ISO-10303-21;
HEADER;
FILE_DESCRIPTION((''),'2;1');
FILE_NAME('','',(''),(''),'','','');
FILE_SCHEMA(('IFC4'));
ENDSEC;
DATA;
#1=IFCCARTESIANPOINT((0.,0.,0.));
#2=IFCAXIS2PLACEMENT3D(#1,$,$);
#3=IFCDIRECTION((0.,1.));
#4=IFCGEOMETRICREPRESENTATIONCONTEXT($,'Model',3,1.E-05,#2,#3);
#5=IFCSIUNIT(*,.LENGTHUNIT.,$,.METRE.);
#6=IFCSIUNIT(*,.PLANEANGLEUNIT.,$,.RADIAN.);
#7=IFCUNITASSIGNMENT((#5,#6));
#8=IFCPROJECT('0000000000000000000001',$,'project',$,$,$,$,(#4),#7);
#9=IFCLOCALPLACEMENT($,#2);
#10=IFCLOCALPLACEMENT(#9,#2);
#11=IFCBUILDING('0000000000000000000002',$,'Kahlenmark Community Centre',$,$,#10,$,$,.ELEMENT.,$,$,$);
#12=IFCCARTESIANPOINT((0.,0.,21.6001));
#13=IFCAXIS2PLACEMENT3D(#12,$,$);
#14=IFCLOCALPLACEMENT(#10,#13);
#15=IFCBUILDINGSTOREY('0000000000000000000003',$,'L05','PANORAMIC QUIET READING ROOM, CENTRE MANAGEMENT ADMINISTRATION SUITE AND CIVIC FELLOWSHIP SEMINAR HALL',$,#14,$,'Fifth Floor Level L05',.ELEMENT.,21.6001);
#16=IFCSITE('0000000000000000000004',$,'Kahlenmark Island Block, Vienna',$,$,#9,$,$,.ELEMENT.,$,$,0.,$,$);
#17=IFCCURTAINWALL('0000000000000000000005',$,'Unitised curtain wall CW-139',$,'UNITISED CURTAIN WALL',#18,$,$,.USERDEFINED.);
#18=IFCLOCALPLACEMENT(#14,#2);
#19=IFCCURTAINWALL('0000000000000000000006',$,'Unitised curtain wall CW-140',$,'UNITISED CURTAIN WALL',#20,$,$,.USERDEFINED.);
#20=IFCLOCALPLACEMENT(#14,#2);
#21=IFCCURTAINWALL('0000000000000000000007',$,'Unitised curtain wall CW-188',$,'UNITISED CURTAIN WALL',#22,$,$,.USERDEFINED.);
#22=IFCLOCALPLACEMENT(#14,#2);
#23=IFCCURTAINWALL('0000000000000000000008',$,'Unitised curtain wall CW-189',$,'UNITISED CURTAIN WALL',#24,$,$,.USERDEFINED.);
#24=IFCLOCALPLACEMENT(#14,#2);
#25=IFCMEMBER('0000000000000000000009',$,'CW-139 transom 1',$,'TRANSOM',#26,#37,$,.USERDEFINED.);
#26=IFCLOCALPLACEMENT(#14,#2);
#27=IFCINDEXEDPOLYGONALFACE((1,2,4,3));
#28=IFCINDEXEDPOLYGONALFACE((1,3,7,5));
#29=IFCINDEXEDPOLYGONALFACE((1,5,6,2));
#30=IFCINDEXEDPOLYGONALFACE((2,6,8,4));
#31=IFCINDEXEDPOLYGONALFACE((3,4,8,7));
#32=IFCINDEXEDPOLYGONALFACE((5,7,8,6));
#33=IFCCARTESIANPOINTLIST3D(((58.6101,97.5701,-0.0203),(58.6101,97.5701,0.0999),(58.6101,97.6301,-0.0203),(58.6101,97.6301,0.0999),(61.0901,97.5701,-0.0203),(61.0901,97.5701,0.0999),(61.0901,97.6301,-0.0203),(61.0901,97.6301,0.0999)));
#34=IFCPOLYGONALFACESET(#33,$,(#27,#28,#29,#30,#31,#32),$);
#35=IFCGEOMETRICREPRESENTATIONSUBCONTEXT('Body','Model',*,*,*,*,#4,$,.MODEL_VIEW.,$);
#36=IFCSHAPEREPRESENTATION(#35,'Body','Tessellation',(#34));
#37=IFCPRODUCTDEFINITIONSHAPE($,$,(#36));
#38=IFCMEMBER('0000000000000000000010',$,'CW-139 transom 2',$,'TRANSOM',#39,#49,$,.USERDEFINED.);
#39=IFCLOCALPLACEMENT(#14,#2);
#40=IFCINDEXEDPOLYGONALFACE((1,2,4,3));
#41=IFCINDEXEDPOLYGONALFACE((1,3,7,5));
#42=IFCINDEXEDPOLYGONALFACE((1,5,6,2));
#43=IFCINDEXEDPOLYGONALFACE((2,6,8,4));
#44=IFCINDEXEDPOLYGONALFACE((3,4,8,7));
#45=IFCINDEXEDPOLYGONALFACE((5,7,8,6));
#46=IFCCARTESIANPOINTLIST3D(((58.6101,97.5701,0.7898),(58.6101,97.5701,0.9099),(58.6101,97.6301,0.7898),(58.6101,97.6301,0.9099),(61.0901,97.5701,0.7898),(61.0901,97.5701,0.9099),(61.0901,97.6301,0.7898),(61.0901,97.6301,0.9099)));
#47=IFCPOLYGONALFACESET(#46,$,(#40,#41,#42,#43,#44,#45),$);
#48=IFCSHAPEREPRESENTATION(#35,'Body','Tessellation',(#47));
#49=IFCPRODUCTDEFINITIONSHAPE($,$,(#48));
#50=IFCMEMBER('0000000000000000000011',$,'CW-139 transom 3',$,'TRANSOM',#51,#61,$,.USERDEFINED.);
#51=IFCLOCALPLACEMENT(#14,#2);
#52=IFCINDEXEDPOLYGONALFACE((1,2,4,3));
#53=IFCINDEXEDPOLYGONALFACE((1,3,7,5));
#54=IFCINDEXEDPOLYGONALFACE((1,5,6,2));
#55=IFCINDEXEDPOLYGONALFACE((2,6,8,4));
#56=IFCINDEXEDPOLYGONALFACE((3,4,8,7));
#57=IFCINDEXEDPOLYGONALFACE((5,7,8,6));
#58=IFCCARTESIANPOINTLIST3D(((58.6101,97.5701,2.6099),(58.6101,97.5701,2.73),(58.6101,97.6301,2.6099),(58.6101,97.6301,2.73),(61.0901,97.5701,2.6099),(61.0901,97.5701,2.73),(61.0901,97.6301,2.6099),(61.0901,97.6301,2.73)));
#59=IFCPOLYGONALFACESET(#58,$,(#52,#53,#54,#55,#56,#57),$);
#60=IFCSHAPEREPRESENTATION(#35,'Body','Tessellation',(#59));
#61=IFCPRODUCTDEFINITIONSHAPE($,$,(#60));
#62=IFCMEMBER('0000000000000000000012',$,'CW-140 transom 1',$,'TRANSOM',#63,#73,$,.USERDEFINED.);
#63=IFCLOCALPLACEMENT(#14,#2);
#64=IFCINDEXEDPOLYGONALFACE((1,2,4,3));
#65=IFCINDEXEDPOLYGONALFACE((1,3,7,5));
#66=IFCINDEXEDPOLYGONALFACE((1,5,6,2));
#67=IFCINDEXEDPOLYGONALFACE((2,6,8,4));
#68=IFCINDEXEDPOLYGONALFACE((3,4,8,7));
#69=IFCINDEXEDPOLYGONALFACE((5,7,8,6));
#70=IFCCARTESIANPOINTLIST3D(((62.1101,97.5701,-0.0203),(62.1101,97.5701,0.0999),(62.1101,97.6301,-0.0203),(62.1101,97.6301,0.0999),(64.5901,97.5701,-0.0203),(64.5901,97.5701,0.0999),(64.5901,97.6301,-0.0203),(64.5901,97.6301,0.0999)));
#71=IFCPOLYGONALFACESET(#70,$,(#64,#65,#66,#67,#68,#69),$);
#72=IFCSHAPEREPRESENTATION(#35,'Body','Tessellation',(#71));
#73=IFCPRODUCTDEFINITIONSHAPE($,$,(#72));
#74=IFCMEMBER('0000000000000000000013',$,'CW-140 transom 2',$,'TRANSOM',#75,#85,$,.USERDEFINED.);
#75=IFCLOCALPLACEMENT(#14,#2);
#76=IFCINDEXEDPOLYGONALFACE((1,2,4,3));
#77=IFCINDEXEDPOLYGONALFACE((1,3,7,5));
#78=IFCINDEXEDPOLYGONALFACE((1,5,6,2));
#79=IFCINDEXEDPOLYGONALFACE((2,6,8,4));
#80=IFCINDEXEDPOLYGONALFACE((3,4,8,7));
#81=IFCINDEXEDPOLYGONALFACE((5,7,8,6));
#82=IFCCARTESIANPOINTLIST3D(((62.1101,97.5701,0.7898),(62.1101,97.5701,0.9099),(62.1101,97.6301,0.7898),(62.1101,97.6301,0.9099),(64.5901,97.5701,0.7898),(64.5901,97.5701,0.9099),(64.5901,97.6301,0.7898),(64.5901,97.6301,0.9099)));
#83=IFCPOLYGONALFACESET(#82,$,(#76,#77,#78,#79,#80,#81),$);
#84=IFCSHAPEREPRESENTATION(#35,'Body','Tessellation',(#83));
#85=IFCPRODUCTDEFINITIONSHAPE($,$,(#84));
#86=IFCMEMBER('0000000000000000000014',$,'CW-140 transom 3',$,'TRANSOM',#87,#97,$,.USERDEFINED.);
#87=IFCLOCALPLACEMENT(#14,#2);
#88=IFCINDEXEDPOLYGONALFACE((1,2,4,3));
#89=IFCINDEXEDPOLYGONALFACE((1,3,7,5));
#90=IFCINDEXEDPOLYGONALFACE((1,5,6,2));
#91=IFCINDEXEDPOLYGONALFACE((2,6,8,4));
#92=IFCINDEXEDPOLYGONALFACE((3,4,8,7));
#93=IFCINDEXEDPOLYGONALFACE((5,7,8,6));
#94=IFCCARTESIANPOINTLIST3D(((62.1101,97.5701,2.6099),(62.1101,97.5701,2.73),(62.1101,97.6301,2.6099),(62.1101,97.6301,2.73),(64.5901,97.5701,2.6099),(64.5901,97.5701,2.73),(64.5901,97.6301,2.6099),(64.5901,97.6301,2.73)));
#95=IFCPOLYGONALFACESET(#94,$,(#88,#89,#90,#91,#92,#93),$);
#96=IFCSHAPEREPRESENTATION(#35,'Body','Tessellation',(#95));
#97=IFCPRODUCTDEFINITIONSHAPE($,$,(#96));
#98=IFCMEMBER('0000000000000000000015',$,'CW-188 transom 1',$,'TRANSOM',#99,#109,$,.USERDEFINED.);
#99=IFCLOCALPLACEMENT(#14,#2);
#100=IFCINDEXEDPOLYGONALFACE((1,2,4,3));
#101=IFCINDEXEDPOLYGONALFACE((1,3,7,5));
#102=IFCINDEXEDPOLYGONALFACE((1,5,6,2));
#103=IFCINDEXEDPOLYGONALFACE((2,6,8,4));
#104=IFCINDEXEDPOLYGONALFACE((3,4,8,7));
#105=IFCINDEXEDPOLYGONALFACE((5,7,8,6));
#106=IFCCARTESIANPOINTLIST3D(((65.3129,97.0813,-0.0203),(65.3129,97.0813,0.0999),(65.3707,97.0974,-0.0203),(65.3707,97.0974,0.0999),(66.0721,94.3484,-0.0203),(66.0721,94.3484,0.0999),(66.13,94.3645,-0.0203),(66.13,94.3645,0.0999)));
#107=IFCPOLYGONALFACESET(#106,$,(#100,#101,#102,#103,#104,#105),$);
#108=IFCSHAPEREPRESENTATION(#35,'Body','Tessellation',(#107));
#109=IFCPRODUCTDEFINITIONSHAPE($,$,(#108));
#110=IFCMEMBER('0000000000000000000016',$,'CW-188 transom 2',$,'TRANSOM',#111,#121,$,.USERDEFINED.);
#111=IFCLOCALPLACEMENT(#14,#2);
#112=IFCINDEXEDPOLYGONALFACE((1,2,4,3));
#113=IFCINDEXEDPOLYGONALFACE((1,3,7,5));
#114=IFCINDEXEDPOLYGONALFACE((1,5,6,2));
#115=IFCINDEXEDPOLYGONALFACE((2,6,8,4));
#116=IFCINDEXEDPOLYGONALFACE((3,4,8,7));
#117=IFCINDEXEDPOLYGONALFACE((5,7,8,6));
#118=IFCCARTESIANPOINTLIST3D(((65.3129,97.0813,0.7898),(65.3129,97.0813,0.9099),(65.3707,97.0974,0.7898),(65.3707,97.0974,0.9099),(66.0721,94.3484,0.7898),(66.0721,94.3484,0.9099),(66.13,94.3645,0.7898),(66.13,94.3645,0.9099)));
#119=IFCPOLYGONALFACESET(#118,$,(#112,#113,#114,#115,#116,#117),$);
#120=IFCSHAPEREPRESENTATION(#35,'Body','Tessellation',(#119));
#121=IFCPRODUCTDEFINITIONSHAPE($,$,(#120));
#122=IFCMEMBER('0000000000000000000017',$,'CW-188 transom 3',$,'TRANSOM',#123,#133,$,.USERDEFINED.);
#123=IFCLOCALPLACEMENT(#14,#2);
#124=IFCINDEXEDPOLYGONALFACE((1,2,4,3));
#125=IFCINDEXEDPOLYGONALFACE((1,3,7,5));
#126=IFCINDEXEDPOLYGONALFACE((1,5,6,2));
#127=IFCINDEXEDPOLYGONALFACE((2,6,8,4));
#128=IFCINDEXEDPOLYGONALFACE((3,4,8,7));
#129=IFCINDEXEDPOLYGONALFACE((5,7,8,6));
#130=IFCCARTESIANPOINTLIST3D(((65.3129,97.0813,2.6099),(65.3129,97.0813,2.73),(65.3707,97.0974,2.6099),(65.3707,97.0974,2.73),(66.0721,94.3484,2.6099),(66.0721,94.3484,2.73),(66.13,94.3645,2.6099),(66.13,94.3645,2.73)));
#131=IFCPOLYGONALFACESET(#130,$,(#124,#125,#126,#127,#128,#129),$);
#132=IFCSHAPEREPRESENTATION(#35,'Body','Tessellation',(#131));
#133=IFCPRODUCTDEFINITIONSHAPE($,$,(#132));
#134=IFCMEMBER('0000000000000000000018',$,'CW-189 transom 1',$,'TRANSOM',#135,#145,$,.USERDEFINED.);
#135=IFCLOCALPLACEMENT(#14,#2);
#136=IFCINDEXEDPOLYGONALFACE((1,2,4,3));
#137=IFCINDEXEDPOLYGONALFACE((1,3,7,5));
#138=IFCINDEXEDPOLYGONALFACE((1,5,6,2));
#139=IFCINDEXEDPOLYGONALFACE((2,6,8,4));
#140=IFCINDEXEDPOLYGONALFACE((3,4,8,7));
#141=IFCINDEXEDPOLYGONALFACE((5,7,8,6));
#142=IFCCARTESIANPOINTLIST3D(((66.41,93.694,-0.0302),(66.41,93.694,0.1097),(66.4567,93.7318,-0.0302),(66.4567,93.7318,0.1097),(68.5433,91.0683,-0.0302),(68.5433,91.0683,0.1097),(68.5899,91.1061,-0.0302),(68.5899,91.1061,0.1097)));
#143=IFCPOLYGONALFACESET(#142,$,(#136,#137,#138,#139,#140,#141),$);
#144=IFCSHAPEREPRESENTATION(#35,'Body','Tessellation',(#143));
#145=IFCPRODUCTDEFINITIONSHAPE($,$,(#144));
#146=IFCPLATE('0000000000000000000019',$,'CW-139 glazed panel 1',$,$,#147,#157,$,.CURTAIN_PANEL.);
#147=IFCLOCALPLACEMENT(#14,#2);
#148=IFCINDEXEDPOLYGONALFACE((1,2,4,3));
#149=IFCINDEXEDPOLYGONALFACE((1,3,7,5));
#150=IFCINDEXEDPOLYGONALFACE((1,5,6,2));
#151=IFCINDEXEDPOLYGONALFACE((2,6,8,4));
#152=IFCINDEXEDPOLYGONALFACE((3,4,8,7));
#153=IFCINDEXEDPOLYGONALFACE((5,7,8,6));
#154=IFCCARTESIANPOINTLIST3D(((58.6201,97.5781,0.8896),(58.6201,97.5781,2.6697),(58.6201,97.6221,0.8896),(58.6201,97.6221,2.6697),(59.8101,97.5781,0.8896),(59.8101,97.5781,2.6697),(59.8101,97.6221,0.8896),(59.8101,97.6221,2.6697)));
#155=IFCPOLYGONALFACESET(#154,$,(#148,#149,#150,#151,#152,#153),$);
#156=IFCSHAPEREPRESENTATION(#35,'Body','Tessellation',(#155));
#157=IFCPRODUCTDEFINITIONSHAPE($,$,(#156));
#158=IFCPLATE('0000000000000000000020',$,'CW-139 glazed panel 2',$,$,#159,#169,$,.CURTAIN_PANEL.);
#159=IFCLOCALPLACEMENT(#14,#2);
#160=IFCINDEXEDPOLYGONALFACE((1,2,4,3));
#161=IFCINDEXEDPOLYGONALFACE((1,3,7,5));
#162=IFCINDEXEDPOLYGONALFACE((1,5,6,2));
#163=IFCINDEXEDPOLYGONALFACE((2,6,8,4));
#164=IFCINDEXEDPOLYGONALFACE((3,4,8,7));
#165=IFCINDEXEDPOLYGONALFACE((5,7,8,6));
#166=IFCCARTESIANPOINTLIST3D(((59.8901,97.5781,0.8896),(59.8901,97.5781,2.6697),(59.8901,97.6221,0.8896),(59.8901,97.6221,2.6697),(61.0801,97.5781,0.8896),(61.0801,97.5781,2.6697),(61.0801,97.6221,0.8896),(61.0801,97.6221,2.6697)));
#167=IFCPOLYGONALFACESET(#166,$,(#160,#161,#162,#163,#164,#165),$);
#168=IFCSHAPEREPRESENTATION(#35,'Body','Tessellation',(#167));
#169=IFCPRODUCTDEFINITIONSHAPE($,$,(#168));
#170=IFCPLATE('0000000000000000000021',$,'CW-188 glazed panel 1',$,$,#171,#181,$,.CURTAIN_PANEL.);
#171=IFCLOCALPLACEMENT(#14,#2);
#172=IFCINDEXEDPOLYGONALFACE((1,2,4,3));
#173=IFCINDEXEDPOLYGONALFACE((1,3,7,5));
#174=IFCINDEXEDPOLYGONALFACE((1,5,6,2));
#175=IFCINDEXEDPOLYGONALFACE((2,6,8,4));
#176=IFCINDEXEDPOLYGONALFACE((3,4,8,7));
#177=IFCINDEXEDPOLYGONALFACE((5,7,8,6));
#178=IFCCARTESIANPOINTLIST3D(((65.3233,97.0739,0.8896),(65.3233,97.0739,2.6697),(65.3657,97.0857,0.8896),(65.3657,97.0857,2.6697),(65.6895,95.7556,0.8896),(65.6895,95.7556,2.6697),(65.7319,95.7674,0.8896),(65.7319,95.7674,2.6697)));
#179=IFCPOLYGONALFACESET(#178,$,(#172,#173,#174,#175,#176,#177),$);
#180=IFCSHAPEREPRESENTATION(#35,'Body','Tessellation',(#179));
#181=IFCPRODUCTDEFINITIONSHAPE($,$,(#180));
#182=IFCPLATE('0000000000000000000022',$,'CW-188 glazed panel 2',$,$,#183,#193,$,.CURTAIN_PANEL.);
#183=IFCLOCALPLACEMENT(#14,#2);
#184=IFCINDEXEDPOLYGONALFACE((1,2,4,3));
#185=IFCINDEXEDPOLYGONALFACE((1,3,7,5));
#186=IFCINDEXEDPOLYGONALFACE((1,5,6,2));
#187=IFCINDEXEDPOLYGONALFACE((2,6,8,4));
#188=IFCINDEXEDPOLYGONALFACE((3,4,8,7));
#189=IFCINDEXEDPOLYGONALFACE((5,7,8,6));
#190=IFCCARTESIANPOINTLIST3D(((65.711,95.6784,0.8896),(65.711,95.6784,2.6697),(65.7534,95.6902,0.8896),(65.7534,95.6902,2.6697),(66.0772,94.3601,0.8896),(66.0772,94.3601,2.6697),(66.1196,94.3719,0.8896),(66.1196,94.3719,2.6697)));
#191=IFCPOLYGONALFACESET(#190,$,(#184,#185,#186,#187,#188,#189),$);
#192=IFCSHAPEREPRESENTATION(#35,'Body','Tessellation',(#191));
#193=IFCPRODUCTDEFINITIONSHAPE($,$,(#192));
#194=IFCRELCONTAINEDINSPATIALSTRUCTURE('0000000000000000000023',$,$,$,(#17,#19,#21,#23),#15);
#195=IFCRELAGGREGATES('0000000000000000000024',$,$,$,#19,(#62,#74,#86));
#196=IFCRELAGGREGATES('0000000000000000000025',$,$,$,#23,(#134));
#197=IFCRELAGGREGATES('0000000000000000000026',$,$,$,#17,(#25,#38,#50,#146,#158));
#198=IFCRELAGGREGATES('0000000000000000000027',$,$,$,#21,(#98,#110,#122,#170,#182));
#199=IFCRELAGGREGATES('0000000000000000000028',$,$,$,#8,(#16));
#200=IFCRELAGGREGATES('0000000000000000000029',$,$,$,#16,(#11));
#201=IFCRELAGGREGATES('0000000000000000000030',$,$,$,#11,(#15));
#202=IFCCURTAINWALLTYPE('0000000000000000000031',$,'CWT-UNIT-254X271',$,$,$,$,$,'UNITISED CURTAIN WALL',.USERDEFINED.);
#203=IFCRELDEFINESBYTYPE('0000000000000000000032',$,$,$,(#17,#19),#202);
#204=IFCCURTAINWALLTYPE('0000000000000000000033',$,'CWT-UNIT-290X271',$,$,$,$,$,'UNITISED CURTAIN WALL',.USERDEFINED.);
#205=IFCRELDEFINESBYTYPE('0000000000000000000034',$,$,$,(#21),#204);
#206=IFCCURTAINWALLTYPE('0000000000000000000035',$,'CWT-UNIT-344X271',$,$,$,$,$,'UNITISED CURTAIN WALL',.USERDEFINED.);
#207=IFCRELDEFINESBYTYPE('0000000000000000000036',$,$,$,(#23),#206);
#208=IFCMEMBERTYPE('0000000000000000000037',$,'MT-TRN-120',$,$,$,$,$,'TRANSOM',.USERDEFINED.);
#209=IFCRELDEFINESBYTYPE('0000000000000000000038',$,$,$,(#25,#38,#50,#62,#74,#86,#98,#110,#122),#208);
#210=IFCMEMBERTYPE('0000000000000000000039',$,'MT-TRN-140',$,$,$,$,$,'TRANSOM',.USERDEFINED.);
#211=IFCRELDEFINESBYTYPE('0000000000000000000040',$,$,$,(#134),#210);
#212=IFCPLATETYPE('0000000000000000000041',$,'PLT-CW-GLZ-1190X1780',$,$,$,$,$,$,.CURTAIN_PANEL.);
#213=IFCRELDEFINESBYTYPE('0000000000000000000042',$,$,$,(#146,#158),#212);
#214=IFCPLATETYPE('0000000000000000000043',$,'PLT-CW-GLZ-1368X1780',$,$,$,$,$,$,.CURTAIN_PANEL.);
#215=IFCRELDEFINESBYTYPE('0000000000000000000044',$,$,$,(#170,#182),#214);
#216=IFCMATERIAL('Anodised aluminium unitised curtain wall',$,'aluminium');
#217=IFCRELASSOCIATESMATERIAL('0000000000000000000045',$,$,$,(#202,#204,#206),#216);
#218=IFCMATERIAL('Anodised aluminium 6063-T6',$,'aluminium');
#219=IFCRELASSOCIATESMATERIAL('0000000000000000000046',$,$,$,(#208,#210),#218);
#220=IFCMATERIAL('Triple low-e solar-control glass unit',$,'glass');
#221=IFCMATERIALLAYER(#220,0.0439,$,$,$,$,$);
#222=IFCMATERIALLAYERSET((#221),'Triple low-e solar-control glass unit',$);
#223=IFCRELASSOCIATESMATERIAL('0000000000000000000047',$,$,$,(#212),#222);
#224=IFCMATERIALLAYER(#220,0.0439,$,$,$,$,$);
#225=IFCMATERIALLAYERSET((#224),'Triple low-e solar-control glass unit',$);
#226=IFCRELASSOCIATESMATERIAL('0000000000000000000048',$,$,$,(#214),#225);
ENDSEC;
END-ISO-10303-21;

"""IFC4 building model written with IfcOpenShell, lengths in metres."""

from ifc_helpers import new_model, si_unit, direction, frame, origin, origin_2d, place, context, subcontext, project, spatial, rectangle, extrude, material, layer, layer_set, material_profile, profile_set, type_object, element, aggregate, save


model = new_model("IFC4")

# Units and contexts
model_context = context("Model", 3, precision=1e-05, world=origin(), true_north=direction((0.0, 1.0)))
body_context = subcontext(model_context, "Body", "Model", "MODEL_VIEW")
ifc_project = project(units=[si_unit("LENGTHUNIT", "METRE"), si_unit("PLANEANGLEUNIT", "RADIAN")], contexts=[model_context])

# Site, building, storey
site_placement = place(None, origin())
site = spatial("IfcSite", under=ifc_project, at=site_placement, Name="Kahlenmark Island Block, Vienna", CompositionType="ELEMENT", RefElevation=0.0)
building_placement = place(site_placement, origin())
building = spatial("IfcBuilding", under=site, at=building_placement, Name="Kahlenmark Community Centre", CompositionType="ELEMENT")
storey_placement = place(building_placement, frame((0.0, 0.0, 21.6001)))
storey = spatial("IfcBuildingStorey", under=building, at=storey_placement, Name="L05", Description="PANORAMIC QUIET READING ROOM, CENTRE MANAGEMENT ADMINISTRATION SUITE AND CIVIC FELLOWSHIP SEMINAR HALL", LongName="Fifth Floor Level L05", CompositionType="ELEMENT", Elevation=21.6001)

# Curtain wall
ifc_material_1 = material(Name="Anodised aluminium unitised curtain wall", Category="aluminium")
curtain_wall_type_1 = type_object("IfcCurtainWallType", Name="CWT-UNIT-254X271", ElementType="UNITISED CURTAIN WALL", PredefinedType="USERDEFINED", material=ifc_material_1)
curtain_wall_1_placement = place(storey_placement, origin())
curtain_wall_1 = element("IfcCurtainWall", 1, at=curtain_wall_1_placement, inside=storey, type_object=curtain_wall_type_1, Name="Unitised curtain wall CW-139", ObjectType="UNITISED CURTAIN WALL", PredefinedType="USERDEFINED")
ifc_material_2 = material(Name="Anodised aluminium 6063-T6", Category="aluminium")

# Curtain wall
curtain_wall_2_placement = place(storey_placement, origin())
curtain_wall_2 = element("IfcCurtainWall", 2, at=curtain_wall_2_placement, inside=storey, type_object=curtain_wall_type_1, Name="Unitised curtain wall CW-140", ObjectType="UNITISED CURTAIN WALL", PredefinedType="USERDEFINED")

# Curtain wall
curtain_wall_type_2 = type_object("IfcCurtainWallType", Name="CWT-UNIT-290X271", ElementType="UNITISED CURTAIN WALL", PredefinedType="USERDEFINED", material=ifc_material_1)
curtain_wall_3_placement = place(storey_placement, origin())
curtain_wall_3 = element("IfcCurtainWall", 3, at=curtain_wall_3_placement, inside=storey, type_object=curtain_wall_type_2, Name="Unitised curtain wall CW-188", ObjectType="UNITISED CURTAIN WALL", PredefinedType="USERDEFINED")

# Curtain wall
curtain_wall_type_3 = type_object("IfcCurtainWallType", Name="CWT-UNIT-344X271", ElementType="UNITISED CURTAIN WALL", PredefinedType="USERDEFINED", material=ifc_material_1)
curtain_wall_4_placement = place(storey_placement, origin())
curtain_wall_4 = element("IfcCurtainWall", 4, at=curtain_wall_4_placement, inside=storey, type_object=curtain_wall_type_3, Name="Unitised curtain wall CW-189", ObjectType="UNITISED CURTAIN WALL", PredefinedType="USERDEFINED")

# Members
ifc_material_profile_1 = material_profile(ifc_material_2, rectangle(XDim=0.0601, YDim=0.1201, at=origin_2d()), Name="ALU TRANSOM 60x120")
ifc_profile_set_1 = profile_set([ifc_material_profile_1], Name="Anodised aluminium 6063-T6")
member_type_1 = type_object("IfcMemberType", Name="MT-TRN-120", ElementType="TRANSOM", PredefinedType="USERDEFINED", material=ifc_profile_set_1)
member_1_placement = place(storey_placement, frame((58.6101, 97.6001, 0.0398), z_axis=(1.0, 0.0, 0.0), x_axis=(0.0, 1.0, 0.0)))
member_1 = element("IfcMember", 5, at=member_1_placement, type_object=member_type_1, Name="CW-139 transom 1", ObjectType="TRANSOM", PredefinedType="USERDEFINED", context=body_context, shape_type="SweptSolid", body=[
    extrude(rectangle(XDim=0.0601, YDim=0.1201, at=origin_2d()), origin(), (0.0, 0.0, 1.0), 2.48),
])
member_2_placement = place(storey_placement, frame((58.6101, 97.6001, 0.8499), z_axis=(1.0, 0.0, 0.0), x_axis=(0.0, 1.0, 0.0)))
member_2 = element("IfcMember", 6, at=member_2_placement, type_object=member_type_1, Name="CW-139 transom 2", ObjectType="TRANSOM", PredefinedType="USERDEFINED", context=body_context, shape_type="SweptSolid", body=[
    extrude(rectangle(XDim=0.0601, YDim=0.1201, at=origin_2d()), origin(), (0.0, 0.0, 1.0), 2.48),
])
member_3_placement = place(storey_placement, frame((58.6101, 97.6001, 2.6699), z_axis=(1.0, 0.0, 0.0), x_axis=(0.0, 1.0, 0.0)))
member_3 = element("IfcMember", 7, at=member_3_placement, type_object=member_type_1, Name="CW-139 transom 3", ObjectType="TRANSOM", PredefinedType="USERDEFINED", context=body_context, shape_type="SweptSolid", body=[
    extrude(rectangle(XDim=0.0601, YDim=0.1201, at=origin_2d()), origin(), (0.0, 0.0, 1.0), 2.48),
])
member_4_placement = place(storey_placement, frame((62.1101, 97.6001, 0.0398), z_axis=(1.0, 0.0, 0.0), x_axis=(0.0, 1.0, 0.0)))
member_4 = element("IfcMember", 8, at=member_4_placement, type_object=member_type_1, Name="CW-140 transom 1", ObjectType="TRANSOM", PredefinedType="USERDEFINED", context=body_context, shape_type="SweptSolid", body=[
    extrude(rectangle(XDim=0.0601, YDim=0.1201, at=origin_2d()), origin(), (0.0, 0.0, 1.0), 2.48),
])
member_5_placement = place(storey_placement, frame((62.1101, 97.6001, 0.8499), z_axis=(1.0, 0.0, 0.0), x_axis=(0.0, 1.0, 0.0)))
member_5 = element("IfcMember", 9, at=member_5_placement, type_object=member_type_1, Name="CW-140 transom 2", ObjectType="TRANSOM", PredefinedType="USERDEFINED", context=body_context, shape_type="SweptSolid", body=[
    extrude(rectangle(XDim=0.0601, YDim=0.1201, at=origin_2d()), origin(), (0.0, 0.0, 1.0), 2.48),
])
member_6_placement = place(storey_placement, frame((62.1101, 97.6001, 2.6699), z_axis=(1.0, 0.0, 0.0), x_axis=(0.0, 1.0, 0.0)))
member_6 = element("IfcMember", 10, at=member_6_placement, type_object=member_type_1, Name="CW-140 transom 3", ObjectType="TRANSOM", PredefinedType="USERDEFINED", context=body_context, shape_type="SweptSolid", body=[
    extrude(rectangle(XDim=0.0601, YDim=0.1201, at=origin_2d()), origin(), (0.0, 0.0, 1.0), 2.48),
])
aggregate(curtain_wall_2, [member_4, member_5, member_6])
member_7_placement = place(storey_placement, frame((65.3418, 97.0894, 0.0398), z_axis=(0.267688, -0.963506, 0.0), x_axis=(0.963506, 0.267688, 0.0)))
member_7 = element("IfcMember", 11, at=member_7_placement, type_object=member_type_1, Name="CW-188 transom 1", ObjectType="TRANSOM", PredefinedType="USERDEFINED", context=body_context, shape_type="SweptSolid", body=[
    extrude(rectangle(XDim=0.0601, YDim=0.1201, at=origin_2d()), origin(), (0.0, 0.0, 1.0), 2.8364),
])
member_8_placement = place(storey_placement, frame((65.3418, 97.0894, 0.8499), z_axis=(0.267688, -0.963506, 0.0), x_axis=(0.963506, 0.267688, 0.0)))
member_8 = element("IfcMember", 12, at=member_8_placement, type_object=member_type_1, Name="CW-188 transom 2", ObjectType="TRANSOM", PredefinedType="USERDEFINED", context=body_context, shape_type="SweptSolid", body=[
    extrude(rectangle(XDim=0.0601, YDim=0.1201, at=origin_2d()), origin(), (0.0, 0.0, 1.0), 2.8364),
])
member_9_placement = place(storey_placement, frame((65.3418, 97.0894, 2.6699), z_axis=(0.267688, -0.963506, 0.0), x_axis=(0.963506, 0.267688, 0.0)))
member_9 = element("IfcMember", 13, at=member_9_placement, type_object=member_type_1, Name="CW-188 transom 3", ObjectType="TRANSOM", PredefinedType="USERDEFINED", context=body_context, shape_type="SweptSolid", body=[
    extrude(rectangle(XDim=0.0601, YDim=0.1201, at=origin_2d()), origin(), (0.0, 0.0, 1.0), 2.8364),
])
ifc_material_profile_2 = material_profile(ifc_material_2, rectangle(XDim=0.0601, YDim=0.1399, at=origin_2d()), Name="ALU TRANSOM 60x140")
ifc_profile_set_2 = profile_set([ifc_material_profile_2], Name="Anodised aluminium 6063-T6")
member_type_2 = type_object("IfcMemberType", Name="MT-TRN-140", ElementType="TRANSOM", PredefinedType="USERDEFINED", material=ifc_profile_set_2)
member_10_placement = place(storey_placement, frame((66.4333, 93.7129, 0.0398), z_axis=(0.630574, -0.776129, 0.0), x_axis=(0.776129, 0.630574, 0.0)))
member_10 = element("IfcMember", 14, at=member_10_placement, type_object=member_type_2, Name="CW-189 transom 1", ObjectType="TRANSOM", PredefinedType="USERDEFINED", context=body_context, shape_type="SweptSolid", body=[
    extrude(rectangle(XDim=0.0601, YDim=0.1399, at=origin_2d()), origin(), (0.0, 0.0, 1.0), 3.3831),
])
aggregate(curtain_wall_4, [member_10])

# Plates
ifc_material_3 = material(Name="Triple low-e solar-control glass unit", Category="glass")
ifc_layer_1 = layer(ifc_material_3, 0.0439)
ifc_layer_set_1 = layer_set([ifc_layer_1], Name="Triple low-e solar-control glass unit")
plate_type_1 = type_object("IfcPlateType", Name="PLT-CW-GLZ-1190X1780", PredefinedType="CURTAIN_PANEL", material=ifc_layer_set_1)
plate_1_placement = place(storey_placement, frame((59.2151, 97.6001, 0.8896), z_axis=(0.0, 0.0, 1.0), x_axis=(1.0, 0.0, 0.0)))
plate_1 = element("IfcPlate", 15, at=plate_1_placement, type_object=plate_type_1, Name="CW-139 glazed panel 1", PredefinedType="CURTAIN_PANEL", context=body_context, shape_type="SweptSolid", body=[
    extrude(rectangle(XDim=1.1899, YDim=0.0439, at=origin_2d()), origin(), (0.0, 0.0, 1.0), 1.78),
])
plate_2_placement = place(storey_placement, frame((60.4851, 97.6001, 0.8896), z_axis=(0.0, 0.0, 1.0), x_axis=(1.0, 0.0, 0.0)))
plate_2 = element("IfcPlate", 16, at=plate_2_placement, type_object=plate_type_1, Name="CW-139 glazed panel 2", PredefinedType="CURTAIN_PANEL", context=body_context, shape_type="SweptSolid", body=[
    extrude(rectangle(XDim=1.1899, YDim=0.0439, at=origin_2d()), origin(), (0.0, 0.0, 1.0), 1.78),
])
ifc_layer_2 = layer(ifc_material_3, 0.0439)
ifc_layer_set_2 = layer_set([ifc_layer_2], Name="Triple low-e solar-control glass unit")
plate_type_2 = type_object("IfcPlateType", Name="PLT-CW-GLZ-1368X1780", PredefinedType="CURTAIN_PANEL", material=ifc_layer_set_2)
plate_3_placement = place(storey_placement, frame((65.5276, 96.4207, 0.8896), z_axis=(0.0, 0.0, 1.0), x_axis=(0.267654, -0.963515, 0.0)))
plate_3 = element("IfcPlate", 17, at=plate_3_placement, type_object=plate_type_2, Name="CW-188 glazed panel 1", PredefinedType="CURTAIN_PANEL", context=body_context, shape_type="SweptSolid", body=[
    extrude(rectangle(XDim=1.3682, YDim=0.0439, at=origin_2d()), origin(), (0.0, 0.0, 1.0), 1.78),
])
plate_4_placement = place(storey_placement, frame((65.9153, 95.0251, 0.8896), z_axis=(0.0, 0.0, 1.0), x_axis=(0.267654, -0.963515, 0.0)))
plate_4 = element("IfcPlate", 18, at=plate_4_placement, type_object=plate_type_2, Name="CW-188 glazed panel 2", PredefinedType="CURTAIN_PANEL", context=body_context, shape_type="SweptSolid", body=[
    extrude(rectangle(XDim=1.3682, YDim=0.0439, at=origin_2d()), origin(), (0.0, 0.0, 1.0), 1.78),
])
aggregate(curtain_wall_1, [member_1, member_2, member_3, plate_1, plate_2])
aggregate(curtain_wall_3, [member_7, member_8, member_9, plate_3, plate_4])

save(model, "model.ifc")
